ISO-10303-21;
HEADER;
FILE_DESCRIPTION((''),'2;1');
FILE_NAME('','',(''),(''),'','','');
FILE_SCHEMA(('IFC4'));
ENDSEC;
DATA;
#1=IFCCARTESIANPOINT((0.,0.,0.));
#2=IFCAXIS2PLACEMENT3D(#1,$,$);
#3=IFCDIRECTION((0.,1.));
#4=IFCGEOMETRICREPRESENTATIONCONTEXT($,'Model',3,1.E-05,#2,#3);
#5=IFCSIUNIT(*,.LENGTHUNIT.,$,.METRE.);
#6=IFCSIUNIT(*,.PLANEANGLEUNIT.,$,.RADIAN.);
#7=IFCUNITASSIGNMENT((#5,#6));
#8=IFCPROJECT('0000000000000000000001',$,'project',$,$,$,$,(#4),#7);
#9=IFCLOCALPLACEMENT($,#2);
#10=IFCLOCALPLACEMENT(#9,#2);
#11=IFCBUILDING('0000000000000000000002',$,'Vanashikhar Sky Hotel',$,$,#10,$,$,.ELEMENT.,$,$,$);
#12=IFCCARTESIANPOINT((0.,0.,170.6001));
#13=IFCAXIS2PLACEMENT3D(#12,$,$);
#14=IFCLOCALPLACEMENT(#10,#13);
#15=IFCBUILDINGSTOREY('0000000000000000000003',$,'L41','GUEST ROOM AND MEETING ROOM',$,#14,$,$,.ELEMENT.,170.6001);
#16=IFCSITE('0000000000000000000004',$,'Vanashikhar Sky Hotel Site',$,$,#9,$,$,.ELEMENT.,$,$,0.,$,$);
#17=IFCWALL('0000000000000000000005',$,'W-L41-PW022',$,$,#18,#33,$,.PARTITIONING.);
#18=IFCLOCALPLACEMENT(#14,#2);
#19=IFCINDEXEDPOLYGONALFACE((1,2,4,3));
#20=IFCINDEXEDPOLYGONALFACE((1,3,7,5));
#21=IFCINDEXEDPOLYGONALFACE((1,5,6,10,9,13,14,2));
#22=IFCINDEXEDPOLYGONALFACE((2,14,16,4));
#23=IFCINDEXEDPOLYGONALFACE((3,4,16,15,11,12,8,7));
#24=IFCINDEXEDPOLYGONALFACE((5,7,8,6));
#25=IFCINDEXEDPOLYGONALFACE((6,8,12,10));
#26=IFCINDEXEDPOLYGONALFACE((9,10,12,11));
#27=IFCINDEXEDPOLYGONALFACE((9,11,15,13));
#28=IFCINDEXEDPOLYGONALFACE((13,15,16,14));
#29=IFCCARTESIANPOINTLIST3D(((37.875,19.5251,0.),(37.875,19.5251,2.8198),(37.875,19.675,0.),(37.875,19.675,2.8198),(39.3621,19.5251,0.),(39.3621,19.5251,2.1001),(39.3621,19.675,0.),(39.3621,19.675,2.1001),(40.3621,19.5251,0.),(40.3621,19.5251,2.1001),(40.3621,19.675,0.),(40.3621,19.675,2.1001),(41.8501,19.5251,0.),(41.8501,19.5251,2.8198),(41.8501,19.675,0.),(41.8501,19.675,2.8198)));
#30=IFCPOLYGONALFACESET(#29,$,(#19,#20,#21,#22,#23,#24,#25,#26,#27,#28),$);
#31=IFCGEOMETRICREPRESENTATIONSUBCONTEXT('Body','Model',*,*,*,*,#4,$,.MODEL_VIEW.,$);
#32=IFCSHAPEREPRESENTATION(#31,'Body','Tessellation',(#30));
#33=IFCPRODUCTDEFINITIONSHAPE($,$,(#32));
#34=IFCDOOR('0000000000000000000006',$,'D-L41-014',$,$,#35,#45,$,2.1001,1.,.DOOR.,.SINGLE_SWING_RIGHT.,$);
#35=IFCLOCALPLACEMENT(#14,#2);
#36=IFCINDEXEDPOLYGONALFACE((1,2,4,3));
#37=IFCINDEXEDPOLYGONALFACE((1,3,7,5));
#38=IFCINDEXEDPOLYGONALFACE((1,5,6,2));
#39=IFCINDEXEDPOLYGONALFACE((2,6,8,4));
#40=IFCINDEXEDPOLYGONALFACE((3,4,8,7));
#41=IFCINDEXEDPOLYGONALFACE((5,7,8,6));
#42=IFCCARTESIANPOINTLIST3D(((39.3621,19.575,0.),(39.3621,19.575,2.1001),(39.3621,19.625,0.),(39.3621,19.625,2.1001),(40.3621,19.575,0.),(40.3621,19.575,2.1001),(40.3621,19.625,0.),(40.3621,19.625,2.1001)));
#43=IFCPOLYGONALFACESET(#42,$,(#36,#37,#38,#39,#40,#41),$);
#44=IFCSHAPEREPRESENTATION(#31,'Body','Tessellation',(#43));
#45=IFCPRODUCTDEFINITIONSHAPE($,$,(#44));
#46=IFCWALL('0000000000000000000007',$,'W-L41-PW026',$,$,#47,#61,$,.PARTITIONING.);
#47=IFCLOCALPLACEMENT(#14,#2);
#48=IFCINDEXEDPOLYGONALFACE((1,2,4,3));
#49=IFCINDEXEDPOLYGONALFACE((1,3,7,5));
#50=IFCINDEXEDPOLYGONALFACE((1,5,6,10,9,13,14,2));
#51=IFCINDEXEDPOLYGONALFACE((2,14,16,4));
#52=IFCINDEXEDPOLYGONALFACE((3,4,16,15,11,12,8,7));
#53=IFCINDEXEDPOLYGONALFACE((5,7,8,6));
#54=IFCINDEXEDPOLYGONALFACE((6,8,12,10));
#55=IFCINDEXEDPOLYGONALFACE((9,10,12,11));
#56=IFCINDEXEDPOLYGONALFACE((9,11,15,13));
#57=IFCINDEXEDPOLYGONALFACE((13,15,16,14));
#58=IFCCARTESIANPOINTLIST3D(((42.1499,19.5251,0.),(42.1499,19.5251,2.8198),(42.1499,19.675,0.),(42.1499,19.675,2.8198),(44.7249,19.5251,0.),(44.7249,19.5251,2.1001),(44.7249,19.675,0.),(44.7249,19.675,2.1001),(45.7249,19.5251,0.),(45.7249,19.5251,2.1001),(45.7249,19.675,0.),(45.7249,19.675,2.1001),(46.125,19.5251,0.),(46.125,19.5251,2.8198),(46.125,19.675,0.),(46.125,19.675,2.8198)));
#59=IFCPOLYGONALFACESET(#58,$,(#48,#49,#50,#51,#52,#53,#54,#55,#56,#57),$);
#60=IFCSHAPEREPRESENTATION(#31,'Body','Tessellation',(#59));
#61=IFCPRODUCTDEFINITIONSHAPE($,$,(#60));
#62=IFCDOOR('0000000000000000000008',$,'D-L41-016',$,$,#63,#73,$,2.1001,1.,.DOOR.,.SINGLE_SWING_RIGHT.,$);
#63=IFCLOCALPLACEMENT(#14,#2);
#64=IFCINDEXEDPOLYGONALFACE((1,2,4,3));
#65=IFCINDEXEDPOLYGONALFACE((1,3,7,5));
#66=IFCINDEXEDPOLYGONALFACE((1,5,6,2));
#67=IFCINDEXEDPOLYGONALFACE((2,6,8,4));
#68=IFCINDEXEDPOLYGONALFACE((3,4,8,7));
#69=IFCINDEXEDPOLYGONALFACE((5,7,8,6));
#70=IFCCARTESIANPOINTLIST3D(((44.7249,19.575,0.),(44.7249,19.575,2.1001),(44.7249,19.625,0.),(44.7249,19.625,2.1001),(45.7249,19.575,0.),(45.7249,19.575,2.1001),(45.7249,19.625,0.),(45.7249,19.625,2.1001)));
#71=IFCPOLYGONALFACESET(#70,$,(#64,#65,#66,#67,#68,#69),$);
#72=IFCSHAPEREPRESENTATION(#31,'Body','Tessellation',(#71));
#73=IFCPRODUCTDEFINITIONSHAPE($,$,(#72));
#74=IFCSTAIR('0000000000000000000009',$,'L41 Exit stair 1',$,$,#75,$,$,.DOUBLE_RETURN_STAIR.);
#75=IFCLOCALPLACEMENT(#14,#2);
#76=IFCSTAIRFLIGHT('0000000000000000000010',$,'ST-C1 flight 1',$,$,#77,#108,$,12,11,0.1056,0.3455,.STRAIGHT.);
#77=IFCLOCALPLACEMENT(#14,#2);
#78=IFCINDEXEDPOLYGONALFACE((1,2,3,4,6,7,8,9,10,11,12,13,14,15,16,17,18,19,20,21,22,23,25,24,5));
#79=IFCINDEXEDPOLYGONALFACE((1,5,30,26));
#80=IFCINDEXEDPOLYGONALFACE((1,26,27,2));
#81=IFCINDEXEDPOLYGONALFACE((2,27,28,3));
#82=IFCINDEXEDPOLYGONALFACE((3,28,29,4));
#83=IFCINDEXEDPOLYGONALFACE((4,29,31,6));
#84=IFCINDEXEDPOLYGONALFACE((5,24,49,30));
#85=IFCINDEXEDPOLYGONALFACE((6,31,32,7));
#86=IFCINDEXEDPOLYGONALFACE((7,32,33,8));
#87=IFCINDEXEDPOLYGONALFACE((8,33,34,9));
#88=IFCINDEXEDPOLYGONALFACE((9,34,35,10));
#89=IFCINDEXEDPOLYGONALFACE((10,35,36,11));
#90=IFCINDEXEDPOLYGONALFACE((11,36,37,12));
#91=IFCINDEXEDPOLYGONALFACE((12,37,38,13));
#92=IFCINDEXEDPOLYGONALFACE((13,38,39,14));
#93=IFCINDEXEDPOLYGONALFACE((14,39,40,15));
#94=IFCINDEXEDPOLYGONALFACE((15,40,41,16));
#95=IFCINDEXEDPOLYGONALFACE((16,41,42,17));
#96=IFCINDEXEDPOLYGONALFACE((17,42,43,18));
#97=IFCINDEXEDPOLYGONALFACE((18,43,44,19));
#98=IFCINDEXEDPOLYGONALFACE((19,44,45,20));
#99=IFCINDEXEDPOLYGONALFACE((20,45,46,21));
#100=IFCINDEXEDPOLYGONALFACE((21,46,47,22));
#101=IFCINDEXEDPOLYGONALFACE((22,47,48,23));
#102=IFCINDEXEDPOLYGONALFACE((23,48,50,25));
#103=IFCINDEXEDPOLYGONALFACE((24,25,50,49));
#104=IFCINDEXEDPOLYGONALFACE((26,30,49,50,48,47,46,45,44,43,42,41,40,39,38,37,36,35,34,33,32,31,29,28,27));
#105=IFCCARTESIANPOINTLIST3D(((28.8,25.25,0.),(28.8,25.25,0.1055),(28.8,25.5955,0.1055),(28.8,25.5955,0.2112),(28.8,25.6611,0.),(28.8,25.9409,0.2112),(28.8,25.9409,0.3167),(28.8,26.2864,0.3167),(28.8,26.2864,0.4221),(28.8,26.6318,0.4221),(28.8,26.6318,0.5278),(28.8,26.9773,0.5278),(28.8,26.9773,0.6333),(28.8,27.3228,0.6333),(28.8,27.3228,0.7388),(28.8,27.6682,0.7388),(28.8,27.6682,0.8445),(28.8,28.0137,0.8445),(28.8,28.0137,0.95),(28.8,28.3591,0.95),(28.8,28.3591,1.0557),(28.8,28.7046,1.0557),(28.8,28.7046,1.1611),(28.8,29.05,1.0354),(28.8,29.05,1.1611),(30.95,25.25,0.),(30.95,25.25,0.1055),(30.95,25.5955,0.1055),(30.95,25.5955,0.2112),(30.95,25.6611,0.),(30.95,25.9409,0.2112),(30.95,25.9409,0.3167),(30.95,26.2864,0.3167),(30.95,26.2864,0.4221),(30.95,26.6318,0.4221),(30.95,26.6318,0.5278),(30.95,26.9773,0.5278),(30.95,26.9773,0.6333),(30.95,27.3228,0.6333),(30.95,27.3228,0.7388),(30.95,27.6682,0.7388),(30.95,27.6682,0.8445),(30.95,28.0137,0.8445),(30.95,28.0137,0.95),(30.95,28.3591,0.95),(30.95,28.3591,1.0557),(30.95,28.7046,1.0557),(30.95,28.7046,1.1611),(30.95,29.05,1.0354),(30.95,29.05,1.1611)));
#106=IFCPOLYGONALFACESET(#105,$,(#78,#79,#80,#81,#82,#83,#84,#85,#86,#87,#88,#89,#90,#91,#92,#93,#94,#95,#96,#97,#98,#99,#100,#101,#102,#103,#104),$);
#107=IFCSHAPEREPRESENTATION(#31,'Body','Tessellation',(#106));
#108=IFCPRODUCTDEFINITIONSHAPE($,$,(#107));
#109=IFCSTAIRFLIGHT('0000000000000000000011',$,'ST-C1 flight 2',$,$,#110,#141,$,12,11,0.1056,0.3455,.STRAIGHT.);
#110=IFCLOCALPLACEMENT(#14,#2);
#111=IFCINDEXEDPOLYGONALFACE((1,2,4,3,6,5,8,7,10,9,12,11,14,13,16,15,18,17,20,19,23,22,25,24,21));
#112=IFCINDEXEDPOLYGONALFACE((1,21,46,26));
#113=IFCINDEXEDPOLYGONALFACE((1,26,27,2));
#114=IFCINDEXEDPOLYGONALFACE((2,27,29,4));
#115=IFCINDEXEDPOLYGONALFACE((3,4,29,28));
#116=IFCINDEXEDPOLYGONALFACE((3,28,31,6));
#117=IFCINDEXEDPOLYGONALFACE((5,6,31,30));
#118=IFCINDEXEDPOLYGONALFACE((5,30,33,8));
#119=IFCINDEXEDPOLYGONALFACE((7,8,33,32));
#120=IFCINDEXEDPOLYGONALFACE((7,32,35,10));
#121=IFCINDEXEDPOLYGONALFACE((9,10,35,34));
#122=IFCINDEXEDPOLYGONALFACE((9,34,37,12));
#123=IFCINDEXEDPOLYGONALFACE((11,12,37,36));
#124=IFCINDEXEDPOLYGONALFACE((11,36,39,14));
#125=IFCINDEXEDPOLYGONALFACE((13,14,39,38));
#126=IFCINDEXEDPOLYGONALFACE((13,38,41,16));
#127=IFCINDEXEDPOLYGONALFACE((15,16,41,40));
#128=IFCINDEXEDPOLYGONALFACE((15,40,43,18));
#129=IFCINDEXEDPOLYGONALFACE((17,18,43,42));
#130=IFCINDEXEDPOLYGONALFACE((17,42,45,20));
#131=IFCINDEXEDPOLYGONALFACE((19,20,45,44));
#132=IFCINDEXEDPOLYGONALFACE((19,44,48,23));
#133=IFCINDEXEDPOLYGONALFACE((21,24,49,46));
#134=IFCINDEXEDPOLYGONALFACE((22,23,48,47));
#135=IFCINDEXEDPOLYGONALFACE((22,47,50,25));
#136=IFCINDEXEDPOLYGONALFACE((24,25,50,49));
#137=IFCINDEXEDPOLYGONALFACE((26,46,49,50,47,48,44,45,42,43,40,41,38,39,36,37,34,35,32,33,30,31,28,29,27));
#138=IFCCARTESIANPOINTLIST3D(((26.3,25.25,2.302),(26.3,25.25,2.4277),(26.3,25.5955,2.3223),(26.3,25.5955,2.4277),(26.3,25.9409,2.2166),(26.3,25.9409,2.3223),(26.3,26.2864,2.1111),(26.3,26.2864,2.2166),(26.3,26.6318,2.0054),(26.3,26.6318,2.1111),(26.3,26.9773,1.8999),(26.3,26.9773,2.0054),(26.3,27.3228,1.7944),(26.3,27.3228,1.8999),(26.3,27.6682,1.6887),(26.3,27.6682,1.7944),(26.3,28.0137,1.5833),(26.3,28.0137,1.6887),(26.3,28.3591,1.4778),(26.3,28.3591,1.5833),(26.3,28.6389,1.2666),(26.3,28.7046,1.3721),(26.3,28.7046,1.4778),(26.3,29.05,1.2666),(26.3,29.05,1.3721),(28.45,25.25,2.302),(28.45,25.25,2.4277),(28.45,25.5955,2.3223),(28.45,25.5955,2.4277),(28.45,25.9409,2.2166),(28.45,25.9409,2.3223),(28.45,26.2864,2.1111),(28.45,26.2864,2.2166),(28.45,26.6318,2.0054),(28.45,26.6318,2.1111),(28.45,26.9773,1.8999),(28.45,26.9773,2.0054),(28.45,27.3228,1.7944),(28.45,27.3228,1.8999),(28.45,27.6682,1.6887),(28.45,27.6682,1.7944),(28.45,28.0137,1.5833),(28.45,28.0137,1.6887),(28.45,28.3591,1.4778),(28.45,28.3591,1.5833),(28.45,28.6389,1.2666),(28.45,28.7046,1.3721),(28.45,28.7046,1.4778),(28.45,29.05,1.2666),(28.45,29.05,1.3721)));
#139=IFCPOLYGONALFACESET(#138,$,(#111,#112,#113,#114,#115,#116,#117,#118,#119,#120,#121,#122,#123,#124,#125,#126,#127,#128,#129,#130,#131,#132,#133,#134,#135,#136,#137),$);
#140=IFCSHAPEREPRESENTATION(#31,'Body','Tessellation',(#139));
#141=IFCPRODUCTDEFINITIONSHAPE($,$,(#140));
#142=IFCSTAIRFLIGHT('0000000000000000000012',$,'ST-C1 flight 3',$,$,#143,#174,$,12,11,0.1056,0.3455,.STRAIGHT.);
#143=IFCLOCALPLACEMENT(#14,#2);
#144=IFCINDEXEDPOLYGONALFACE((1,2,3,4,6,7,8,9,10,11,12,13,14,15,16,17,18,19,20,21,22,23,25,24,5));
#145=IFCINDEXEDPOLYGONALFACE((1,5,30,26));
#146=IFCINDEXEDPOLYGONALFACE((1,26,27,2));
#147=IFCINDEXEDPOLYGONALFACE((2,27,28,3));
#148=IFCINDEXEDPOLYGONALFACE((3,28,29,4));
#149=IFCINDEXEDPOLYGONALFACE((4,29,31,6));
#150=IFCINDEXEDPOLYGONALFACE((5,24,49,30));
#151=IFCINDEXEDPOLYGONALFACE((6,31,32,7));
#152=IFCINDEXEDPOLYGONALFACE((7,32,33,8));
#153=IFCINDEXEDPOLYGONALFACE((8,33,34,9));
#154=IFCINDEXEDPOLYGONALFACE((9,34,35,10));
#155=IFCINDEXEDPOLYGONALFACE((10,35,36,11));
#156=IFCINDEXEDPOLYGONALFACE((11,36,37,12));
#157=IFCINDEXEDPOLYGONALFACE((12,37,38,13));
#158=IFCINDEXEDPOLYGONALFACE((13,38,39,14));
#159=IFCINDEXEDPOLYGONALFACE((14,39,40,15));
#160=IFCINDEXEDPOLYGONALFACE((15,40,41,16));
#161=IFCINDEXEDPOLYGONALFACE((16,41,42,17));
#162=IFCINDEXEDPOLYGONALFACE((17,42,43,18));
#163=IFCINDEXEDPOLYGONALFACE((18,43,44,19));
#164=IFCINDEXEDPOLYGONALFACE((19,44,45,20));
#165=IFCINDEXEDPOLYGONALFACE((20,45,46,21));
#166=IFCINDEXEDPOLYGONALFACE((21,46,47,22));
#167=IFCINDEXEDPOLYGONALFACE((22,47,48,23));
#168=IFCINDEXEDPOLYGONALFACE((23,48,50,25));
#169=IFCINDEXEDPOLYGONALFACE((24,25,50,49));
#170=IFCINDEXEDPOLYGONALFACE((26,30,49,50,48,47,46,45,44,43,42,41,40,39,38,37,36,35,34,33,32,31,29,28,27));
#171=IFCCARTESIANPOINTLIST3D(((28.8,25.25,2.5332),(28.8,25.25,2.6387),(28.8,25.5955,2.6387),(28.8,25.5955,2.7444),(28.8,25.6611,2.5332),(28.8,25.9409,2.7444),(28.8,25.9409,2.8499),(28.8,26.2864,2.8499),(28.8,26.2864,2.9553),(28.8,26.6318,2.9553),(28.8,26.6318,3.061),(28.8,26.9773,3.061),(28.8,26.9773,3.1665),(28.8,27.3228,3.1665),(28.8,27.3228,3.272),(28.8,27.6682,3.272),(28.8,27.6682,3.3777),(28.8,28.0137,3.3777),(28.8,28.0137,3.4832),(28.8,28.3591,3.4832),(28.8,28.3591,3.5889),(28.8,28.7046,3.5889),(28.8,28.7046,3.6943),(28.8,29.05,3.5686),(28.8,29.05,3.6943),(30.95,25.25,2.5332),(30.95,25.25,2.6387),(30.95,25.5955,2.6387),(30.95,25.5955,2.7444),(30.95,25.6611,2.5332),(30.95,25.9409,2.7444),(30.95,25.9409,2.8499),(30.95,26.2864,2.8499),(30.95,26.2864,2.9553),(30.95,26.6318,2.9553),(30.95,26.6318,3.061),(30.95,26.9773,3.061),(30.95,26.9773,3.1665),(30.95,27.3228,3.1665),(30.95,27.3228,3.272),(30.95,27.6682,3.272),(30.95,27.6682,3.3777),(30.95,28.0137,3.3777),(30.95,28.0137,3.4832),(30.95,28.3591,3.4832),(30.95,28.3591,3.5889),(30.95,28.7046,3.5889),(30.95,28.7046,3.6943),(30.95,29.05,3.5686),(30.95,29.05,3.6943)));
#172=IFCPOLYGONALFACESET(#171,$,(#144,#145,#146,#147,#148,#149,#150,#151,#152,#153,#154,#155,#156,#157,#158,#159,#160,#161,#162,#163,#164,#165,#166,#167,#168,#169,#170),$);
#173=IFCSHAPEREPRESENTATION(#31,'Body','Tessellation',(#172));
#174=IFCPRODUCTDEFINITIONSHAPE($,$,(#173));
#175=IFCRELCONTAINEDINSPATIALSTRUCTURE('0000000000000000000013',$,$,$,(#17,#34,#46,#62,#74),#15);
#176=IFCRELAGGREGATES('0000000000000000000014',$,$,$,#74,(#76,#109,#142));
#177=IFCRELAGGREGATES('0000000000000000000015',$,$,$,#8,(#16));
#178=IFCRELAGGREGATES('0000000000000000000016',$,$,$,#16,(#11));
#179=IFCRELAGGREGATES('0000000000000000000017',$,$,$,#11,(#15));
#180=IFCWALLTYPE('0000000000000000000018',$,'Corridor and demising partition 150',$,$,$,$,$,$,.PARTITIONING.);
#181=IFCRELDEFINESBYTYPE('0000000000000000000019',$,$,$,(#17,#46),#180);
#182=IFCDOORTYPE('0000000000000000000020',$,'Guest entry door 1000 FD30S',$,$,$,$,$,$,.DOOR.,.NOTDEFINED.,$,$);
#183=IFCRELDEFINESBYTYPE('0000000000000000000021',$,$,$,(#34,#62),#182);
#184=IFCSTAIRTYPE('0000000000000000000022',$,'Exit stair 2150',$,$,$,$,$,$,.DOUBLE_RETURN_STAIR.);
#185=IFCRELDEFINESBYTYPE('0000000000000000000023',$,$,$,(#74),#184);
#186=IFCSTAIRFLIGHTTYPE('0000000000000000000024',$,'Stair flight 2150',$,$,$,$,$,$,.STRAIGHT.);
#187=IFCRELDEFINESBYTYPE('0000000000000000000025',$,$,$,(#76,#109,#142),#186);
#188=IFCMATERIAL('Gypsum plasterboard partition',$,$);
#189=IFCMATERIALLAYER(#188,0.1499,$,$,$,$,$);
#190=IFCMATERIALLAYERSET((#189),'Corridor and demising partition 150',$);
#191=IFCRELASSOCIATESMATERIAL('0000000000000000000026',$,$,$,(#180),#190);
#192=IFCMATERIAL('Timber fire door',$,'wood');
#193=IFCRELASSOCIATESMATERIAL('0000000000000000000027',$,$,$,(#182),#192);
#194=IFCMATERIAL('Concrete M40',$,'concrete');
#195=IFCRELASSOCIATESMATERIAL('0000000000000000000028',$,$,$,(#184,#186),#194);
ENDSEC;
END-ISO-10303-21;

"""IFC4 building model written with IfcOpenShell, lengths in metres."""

from ifc_helpers import new_model, si_unit, direction, frame, frame_2d, origin, place, context, subcontext, project, spatial, polyline, rectangle, outline, extrude, source, transform, mapped, material, layer, layer_set, type_object, element, fill, aggregate, save


model = new_model("IFC4")

# Units and contexts
model_context = context("Model", 3, precision=1e-05, world=origin(), true_north=direction((0.0, 1.0)))
body_context = subcontext(model_context, "Body", "Model", "MODEL_VIEW")
ifc_project = project(units=[si_unit("LENGTHUNIT", "METRE"), si_unit("PLANEANGLEUNIT", "RADIAN")], contexts=[model_context])

# Site, building, storey
site_placement = place(None, origin())
site = spatial("IfcSite", under=ifc_project, at=site_placement, Name="Vanashikhar Sky Hotel Site", CompositionType="ELEMENT", RefElevation=0.0)
building_placement = place(site_placement, origin())
building = spatial("IfcBuilding", under=site, at=building_placement, Name="Vanashikhar Sky Hotel", CompositionType="ELEMENT")
storey_placement = place(building_placement, frame((0.0, 0.0, 170.6001)))
storey = spatial("IfcBuildingStorey", under=building, at=storey_placement, Name="L41", Description="GUEST ROOM AND MEETING ROOM", CompositionType="ELEMENT", Elevation=170.6001)

# Shared definitions
ifc_material_1 = material(Name="Concrete M40", Category="concrete")

# Walls, openings, doors
ifc_material_2 = material(Name="Gypsum plasterboard partition")
ifc_layer_1 = layer(ifc_material_2, 0.1499)
ifc_layer_set_1 = layer_set([ifc_layer_1], Name="Corridor and demising partition 150")
wall_type_1 = type_object("IfcWallType", Name="Corridor and demising partition 150", PredefinedType="PARTITIONING", material=ifc_layer_set_1)
shared_shape_1 = source(origin(), body_context, "Body", "SweptSolid", [
    extrude(rectangle(XDim=1.0, YDim=2.1001, at=frame_2d((0.5, 1.05))), frame((0.0, 0.085, 0.0), z_axis=(0.0, -1.0, 0.0), x_axis=(1.0, 0.0, 0.0)), (0.0, 0.0, 1.0), 0.1699),
])
ifc_material_3 = material(Name="Timber fire door", Category="wood")
door_type_1 = type_object("IfcDoorType", Name="Guest entry door 1000 FD30S", OperationType="NOTDEFINED", PredefinedType="DOOR", material=ifc_material_3)
shared_shape_2 = source(origin(), body_context, "Body", "SweptSolid", [
    extrude(rectangle(XDim=1.0, YDim=2.1001, at=frame_2d((0.5, 1.05))), frame((0.0, 0.0249, 0.0), z_axis=(0.0, -1.0, 0.0), x_axis=(1.0, 0.0, 0.0)), (0.0, 0.0, 1.0), 0.05),
])
shared_shape_3 = source(origin(), body_context, "Body", "SweptSolid", [
    extrude(rectangle(XDim=3.9751, YDim=0.1499, at=frame_2d((1.9875, 0.0))), origin(), (0.0, 0.0, 1.0), 2.8198),
])
wall_1_placement = place(storey_placement, frame((37.875, 19.6001, 0.0), z_axis=(0.0, 0.0, 1.0), x_axis=(1.0, 0.0, 0.0)))
wall_1 = element("IfcWall", 1, at=wall_1_placement, inside=storey, type_object=wall_type_1, Name="W-L41-PW022", PredefinedType="PARTITIONING", context=body_context, shape_type="MappedRepresentation", body=[
    mapped(shared_shape_3, transform((0.0, 0.0, 0.0), scale=1.0)),
])
opening_1_placement = place(wall_1_placement, frame((1.4871, 0.0, 0.0)))
opening_1 = element("IfcOpeningElement", 2, at=opening_1_placement, cuts=wall_1, PredefinedType="OPENING", context=body_context, shape_type="MappedRepresentation", body=[
    mapped(shared_shape_1, transform((0.0, 0.0, 0.0), scale=1.0)),
])
door_1_placement = place(opening_1_placement, origin())
door_1 = element("IfcDoor", 3, at=door_1_placement, inside=storey, type_object=door_type_1, Name="D-L41-014", OperationType="SINGLE_SWING_RIGHT", OverallHeight=2.1001, OverallWidth=1.0, PredefinedType="DOOR", context=body_context, shape_type="MappedRepresentation", body=[
    mapped(shared_shape_2, transform((0.0, 0.0, 0.0), scale=1.0)),
])
fill(opening_1, door_1)
wall_2_placement = place(storey_placement, frame((42.1499, 19.6001, 0.0), z_axis=(0.0, 0.0, 1.0), x_axis=(1.0, 0.0, 0.0)))
wall_2 = element("IfcWall", 4, at=wall_2_placement, inside=storey, type_object=wall_type_1, Name="W-L41-PW026", PredefinedType="PARTITIONING", context=body_context, shape_type="MappedRepresentation", body=[
    mapped(shared_shape_3, transform((0.0, 0.0, 0.0), scale=1.0)),
])
opening_2_placement = place(wall_2_placement, frame((2.575, 0.0, 0.0)))
opening_2 = element("IfcOpeningElement", 5, at=opening_2_placement, cuts=wall_2, PredefinedType="OPENING", context=body_context, shape_type="MappedRepresentation", body=[
    mapped(shared_shape_1, transform((0.0, 0.0, 0.0), scale=1.0)),
])
door_2_placement = place(opening_2_placement, origin())
door_2 = element("IfcDoor", 6, at=door_2_placement, inside=storey, type_object=door_type_1, Name="D-L41-016", OperationType="SINGLE_SWING_RIGHT", OverallHeight=2.1001, OverallWidth=1.0, PredefinedType="DOOR", context=body_context, shape_type="MappedRepresentation", body=[
    mapped(shared_shape_2, transform((0.0, 0.0, 0.0), scale=1.0)),
])
fill(opening_2, door_2)

# Stair, stair flights
stair_type = type_object("IfcStairType", Name="Exit stair 2150", PredefinedType="DOUBLE_RETURN_STAIR", material=ifc_material_1)
stair_placement = place(storey_placement, origin())
stair = element("IfcStair", 7, at=stair_placement, inside=storey, type_object=stair_type, Name="L41 Exit stair 1", PredefinedType="DOUBLE_RETURN_STAIR")
stair_flight_type = type_object("IfcStairFlightType", Name="Stair flight 2150", PredefinedType="STRAIGHT", material=ifc_material_1)
shared_shape_4 = source(origin(), body_context, "Body", "SweptSolid", [
    extrude(outline(polyline([(0.0, 0.0), (0.0, 0.1055), (0.3455, 0.1055), (0.3455, 0.2112), (0.6909, 0.2112), (0.6909, 0.3167), (1.0364, 0.3167), (1.0364, 0.4221), (1.3818, 0.4221), (1.3818, 0.5278), (1.7273, 0.5278), (1.7273, 0.6333), (2.0728, 0.6333), (2.0728, 0.7388), (2.4182, 0.7388), (2.4182, 0.8445), (2.7637, 0.8445), (2.7637, 0.95), (3.1091, 0.95), (3.1091, 1.0557), (3.4546, 1.0557), (3.4546, 1.1611), (3.8, 1.1611), (3.8, 1.2666), (3.8, 1.0354), (0.4111, 0.0), (0.0, 0.0)])), frame((0.0, 1.075, 0.0), z_axis=(0.0, -1.0, 0.0), x_axis=(1.0, 0.0, 0.0)), (0.0, 0.0, 1.0), 2.1499),
])
stair_flight_1_placement = place(storey_placement, frame((29.875, 25.25, 0.0), z_axis=(0.0, 0.0, 1.0), x_axis=(0.0, 1.0, 0.0)))
stair_flight_1 = element("IfcStairFlight", 8, at=stair_flight_1_placement, type_object=stair_flight_type, Name="ST-C1 flight 1", NumberOfRisers=12, NumberOfTreads=11, PredefinedType="STRAIGHT", RiserHeight=0.1056, TreadLength=0.3455, context=body_context, shape_type="MappedRepresentation", body=[
    mapped(shared_shape_4, transform((0.0, 0.0, 0.0), scale=1.0)),
])
stair_flight_2_placement = place(storey_placement, frame((27.375, 29.05, 1.2666), z_axis=(0.0, 0.0, 1.0), x_axis=(0.0, -1.0, 0.0)))
stair_flight_2 = element("IfcStairFlight", 9, at=stair_flight_2_placement, type_object=stair_flight_type, Name="ST-C1 flight 2", NumberOfRisers=12, NumberOfTreads=11, PredefinedType="STRAIGHT", RiserHeight=0.1056, TreadLength=0.3455, context=body_context, shape_type="MappedRepresentation", body=[
    mapped(shared_shape_4, transform((0.0, 0.0, 0.0), scale=1.0)),
])
stair_flight_3_placement = place(storey_placement, frame((29.875, 25.25, 2.5332), z_axis=(0.0, 0.0, 1.0), x_axis=(0.0, 1.0, 0.0)))
stair_flight_3 = element("IfcStairFlight", 10, at=stair_flight_3_placement, type_object=stair_flight_type, Name="ST-C1 flight 3", NumberOfRisers=12, NumberOfTreads=11, PredefinedType="STRAIGHT", RiserHeight=0.1056, TreadLength=0.3455, context=body_context, shape_type="MappedRepresentation", body=[
    mapped(shared_shape_4, transform((0.0, 0.0, 0.0), scale=1.0)),
])
aggregate(stair, [stair_flight_1, stair_flight_2, stair_flight_3])

save(model, "model.ifc")
